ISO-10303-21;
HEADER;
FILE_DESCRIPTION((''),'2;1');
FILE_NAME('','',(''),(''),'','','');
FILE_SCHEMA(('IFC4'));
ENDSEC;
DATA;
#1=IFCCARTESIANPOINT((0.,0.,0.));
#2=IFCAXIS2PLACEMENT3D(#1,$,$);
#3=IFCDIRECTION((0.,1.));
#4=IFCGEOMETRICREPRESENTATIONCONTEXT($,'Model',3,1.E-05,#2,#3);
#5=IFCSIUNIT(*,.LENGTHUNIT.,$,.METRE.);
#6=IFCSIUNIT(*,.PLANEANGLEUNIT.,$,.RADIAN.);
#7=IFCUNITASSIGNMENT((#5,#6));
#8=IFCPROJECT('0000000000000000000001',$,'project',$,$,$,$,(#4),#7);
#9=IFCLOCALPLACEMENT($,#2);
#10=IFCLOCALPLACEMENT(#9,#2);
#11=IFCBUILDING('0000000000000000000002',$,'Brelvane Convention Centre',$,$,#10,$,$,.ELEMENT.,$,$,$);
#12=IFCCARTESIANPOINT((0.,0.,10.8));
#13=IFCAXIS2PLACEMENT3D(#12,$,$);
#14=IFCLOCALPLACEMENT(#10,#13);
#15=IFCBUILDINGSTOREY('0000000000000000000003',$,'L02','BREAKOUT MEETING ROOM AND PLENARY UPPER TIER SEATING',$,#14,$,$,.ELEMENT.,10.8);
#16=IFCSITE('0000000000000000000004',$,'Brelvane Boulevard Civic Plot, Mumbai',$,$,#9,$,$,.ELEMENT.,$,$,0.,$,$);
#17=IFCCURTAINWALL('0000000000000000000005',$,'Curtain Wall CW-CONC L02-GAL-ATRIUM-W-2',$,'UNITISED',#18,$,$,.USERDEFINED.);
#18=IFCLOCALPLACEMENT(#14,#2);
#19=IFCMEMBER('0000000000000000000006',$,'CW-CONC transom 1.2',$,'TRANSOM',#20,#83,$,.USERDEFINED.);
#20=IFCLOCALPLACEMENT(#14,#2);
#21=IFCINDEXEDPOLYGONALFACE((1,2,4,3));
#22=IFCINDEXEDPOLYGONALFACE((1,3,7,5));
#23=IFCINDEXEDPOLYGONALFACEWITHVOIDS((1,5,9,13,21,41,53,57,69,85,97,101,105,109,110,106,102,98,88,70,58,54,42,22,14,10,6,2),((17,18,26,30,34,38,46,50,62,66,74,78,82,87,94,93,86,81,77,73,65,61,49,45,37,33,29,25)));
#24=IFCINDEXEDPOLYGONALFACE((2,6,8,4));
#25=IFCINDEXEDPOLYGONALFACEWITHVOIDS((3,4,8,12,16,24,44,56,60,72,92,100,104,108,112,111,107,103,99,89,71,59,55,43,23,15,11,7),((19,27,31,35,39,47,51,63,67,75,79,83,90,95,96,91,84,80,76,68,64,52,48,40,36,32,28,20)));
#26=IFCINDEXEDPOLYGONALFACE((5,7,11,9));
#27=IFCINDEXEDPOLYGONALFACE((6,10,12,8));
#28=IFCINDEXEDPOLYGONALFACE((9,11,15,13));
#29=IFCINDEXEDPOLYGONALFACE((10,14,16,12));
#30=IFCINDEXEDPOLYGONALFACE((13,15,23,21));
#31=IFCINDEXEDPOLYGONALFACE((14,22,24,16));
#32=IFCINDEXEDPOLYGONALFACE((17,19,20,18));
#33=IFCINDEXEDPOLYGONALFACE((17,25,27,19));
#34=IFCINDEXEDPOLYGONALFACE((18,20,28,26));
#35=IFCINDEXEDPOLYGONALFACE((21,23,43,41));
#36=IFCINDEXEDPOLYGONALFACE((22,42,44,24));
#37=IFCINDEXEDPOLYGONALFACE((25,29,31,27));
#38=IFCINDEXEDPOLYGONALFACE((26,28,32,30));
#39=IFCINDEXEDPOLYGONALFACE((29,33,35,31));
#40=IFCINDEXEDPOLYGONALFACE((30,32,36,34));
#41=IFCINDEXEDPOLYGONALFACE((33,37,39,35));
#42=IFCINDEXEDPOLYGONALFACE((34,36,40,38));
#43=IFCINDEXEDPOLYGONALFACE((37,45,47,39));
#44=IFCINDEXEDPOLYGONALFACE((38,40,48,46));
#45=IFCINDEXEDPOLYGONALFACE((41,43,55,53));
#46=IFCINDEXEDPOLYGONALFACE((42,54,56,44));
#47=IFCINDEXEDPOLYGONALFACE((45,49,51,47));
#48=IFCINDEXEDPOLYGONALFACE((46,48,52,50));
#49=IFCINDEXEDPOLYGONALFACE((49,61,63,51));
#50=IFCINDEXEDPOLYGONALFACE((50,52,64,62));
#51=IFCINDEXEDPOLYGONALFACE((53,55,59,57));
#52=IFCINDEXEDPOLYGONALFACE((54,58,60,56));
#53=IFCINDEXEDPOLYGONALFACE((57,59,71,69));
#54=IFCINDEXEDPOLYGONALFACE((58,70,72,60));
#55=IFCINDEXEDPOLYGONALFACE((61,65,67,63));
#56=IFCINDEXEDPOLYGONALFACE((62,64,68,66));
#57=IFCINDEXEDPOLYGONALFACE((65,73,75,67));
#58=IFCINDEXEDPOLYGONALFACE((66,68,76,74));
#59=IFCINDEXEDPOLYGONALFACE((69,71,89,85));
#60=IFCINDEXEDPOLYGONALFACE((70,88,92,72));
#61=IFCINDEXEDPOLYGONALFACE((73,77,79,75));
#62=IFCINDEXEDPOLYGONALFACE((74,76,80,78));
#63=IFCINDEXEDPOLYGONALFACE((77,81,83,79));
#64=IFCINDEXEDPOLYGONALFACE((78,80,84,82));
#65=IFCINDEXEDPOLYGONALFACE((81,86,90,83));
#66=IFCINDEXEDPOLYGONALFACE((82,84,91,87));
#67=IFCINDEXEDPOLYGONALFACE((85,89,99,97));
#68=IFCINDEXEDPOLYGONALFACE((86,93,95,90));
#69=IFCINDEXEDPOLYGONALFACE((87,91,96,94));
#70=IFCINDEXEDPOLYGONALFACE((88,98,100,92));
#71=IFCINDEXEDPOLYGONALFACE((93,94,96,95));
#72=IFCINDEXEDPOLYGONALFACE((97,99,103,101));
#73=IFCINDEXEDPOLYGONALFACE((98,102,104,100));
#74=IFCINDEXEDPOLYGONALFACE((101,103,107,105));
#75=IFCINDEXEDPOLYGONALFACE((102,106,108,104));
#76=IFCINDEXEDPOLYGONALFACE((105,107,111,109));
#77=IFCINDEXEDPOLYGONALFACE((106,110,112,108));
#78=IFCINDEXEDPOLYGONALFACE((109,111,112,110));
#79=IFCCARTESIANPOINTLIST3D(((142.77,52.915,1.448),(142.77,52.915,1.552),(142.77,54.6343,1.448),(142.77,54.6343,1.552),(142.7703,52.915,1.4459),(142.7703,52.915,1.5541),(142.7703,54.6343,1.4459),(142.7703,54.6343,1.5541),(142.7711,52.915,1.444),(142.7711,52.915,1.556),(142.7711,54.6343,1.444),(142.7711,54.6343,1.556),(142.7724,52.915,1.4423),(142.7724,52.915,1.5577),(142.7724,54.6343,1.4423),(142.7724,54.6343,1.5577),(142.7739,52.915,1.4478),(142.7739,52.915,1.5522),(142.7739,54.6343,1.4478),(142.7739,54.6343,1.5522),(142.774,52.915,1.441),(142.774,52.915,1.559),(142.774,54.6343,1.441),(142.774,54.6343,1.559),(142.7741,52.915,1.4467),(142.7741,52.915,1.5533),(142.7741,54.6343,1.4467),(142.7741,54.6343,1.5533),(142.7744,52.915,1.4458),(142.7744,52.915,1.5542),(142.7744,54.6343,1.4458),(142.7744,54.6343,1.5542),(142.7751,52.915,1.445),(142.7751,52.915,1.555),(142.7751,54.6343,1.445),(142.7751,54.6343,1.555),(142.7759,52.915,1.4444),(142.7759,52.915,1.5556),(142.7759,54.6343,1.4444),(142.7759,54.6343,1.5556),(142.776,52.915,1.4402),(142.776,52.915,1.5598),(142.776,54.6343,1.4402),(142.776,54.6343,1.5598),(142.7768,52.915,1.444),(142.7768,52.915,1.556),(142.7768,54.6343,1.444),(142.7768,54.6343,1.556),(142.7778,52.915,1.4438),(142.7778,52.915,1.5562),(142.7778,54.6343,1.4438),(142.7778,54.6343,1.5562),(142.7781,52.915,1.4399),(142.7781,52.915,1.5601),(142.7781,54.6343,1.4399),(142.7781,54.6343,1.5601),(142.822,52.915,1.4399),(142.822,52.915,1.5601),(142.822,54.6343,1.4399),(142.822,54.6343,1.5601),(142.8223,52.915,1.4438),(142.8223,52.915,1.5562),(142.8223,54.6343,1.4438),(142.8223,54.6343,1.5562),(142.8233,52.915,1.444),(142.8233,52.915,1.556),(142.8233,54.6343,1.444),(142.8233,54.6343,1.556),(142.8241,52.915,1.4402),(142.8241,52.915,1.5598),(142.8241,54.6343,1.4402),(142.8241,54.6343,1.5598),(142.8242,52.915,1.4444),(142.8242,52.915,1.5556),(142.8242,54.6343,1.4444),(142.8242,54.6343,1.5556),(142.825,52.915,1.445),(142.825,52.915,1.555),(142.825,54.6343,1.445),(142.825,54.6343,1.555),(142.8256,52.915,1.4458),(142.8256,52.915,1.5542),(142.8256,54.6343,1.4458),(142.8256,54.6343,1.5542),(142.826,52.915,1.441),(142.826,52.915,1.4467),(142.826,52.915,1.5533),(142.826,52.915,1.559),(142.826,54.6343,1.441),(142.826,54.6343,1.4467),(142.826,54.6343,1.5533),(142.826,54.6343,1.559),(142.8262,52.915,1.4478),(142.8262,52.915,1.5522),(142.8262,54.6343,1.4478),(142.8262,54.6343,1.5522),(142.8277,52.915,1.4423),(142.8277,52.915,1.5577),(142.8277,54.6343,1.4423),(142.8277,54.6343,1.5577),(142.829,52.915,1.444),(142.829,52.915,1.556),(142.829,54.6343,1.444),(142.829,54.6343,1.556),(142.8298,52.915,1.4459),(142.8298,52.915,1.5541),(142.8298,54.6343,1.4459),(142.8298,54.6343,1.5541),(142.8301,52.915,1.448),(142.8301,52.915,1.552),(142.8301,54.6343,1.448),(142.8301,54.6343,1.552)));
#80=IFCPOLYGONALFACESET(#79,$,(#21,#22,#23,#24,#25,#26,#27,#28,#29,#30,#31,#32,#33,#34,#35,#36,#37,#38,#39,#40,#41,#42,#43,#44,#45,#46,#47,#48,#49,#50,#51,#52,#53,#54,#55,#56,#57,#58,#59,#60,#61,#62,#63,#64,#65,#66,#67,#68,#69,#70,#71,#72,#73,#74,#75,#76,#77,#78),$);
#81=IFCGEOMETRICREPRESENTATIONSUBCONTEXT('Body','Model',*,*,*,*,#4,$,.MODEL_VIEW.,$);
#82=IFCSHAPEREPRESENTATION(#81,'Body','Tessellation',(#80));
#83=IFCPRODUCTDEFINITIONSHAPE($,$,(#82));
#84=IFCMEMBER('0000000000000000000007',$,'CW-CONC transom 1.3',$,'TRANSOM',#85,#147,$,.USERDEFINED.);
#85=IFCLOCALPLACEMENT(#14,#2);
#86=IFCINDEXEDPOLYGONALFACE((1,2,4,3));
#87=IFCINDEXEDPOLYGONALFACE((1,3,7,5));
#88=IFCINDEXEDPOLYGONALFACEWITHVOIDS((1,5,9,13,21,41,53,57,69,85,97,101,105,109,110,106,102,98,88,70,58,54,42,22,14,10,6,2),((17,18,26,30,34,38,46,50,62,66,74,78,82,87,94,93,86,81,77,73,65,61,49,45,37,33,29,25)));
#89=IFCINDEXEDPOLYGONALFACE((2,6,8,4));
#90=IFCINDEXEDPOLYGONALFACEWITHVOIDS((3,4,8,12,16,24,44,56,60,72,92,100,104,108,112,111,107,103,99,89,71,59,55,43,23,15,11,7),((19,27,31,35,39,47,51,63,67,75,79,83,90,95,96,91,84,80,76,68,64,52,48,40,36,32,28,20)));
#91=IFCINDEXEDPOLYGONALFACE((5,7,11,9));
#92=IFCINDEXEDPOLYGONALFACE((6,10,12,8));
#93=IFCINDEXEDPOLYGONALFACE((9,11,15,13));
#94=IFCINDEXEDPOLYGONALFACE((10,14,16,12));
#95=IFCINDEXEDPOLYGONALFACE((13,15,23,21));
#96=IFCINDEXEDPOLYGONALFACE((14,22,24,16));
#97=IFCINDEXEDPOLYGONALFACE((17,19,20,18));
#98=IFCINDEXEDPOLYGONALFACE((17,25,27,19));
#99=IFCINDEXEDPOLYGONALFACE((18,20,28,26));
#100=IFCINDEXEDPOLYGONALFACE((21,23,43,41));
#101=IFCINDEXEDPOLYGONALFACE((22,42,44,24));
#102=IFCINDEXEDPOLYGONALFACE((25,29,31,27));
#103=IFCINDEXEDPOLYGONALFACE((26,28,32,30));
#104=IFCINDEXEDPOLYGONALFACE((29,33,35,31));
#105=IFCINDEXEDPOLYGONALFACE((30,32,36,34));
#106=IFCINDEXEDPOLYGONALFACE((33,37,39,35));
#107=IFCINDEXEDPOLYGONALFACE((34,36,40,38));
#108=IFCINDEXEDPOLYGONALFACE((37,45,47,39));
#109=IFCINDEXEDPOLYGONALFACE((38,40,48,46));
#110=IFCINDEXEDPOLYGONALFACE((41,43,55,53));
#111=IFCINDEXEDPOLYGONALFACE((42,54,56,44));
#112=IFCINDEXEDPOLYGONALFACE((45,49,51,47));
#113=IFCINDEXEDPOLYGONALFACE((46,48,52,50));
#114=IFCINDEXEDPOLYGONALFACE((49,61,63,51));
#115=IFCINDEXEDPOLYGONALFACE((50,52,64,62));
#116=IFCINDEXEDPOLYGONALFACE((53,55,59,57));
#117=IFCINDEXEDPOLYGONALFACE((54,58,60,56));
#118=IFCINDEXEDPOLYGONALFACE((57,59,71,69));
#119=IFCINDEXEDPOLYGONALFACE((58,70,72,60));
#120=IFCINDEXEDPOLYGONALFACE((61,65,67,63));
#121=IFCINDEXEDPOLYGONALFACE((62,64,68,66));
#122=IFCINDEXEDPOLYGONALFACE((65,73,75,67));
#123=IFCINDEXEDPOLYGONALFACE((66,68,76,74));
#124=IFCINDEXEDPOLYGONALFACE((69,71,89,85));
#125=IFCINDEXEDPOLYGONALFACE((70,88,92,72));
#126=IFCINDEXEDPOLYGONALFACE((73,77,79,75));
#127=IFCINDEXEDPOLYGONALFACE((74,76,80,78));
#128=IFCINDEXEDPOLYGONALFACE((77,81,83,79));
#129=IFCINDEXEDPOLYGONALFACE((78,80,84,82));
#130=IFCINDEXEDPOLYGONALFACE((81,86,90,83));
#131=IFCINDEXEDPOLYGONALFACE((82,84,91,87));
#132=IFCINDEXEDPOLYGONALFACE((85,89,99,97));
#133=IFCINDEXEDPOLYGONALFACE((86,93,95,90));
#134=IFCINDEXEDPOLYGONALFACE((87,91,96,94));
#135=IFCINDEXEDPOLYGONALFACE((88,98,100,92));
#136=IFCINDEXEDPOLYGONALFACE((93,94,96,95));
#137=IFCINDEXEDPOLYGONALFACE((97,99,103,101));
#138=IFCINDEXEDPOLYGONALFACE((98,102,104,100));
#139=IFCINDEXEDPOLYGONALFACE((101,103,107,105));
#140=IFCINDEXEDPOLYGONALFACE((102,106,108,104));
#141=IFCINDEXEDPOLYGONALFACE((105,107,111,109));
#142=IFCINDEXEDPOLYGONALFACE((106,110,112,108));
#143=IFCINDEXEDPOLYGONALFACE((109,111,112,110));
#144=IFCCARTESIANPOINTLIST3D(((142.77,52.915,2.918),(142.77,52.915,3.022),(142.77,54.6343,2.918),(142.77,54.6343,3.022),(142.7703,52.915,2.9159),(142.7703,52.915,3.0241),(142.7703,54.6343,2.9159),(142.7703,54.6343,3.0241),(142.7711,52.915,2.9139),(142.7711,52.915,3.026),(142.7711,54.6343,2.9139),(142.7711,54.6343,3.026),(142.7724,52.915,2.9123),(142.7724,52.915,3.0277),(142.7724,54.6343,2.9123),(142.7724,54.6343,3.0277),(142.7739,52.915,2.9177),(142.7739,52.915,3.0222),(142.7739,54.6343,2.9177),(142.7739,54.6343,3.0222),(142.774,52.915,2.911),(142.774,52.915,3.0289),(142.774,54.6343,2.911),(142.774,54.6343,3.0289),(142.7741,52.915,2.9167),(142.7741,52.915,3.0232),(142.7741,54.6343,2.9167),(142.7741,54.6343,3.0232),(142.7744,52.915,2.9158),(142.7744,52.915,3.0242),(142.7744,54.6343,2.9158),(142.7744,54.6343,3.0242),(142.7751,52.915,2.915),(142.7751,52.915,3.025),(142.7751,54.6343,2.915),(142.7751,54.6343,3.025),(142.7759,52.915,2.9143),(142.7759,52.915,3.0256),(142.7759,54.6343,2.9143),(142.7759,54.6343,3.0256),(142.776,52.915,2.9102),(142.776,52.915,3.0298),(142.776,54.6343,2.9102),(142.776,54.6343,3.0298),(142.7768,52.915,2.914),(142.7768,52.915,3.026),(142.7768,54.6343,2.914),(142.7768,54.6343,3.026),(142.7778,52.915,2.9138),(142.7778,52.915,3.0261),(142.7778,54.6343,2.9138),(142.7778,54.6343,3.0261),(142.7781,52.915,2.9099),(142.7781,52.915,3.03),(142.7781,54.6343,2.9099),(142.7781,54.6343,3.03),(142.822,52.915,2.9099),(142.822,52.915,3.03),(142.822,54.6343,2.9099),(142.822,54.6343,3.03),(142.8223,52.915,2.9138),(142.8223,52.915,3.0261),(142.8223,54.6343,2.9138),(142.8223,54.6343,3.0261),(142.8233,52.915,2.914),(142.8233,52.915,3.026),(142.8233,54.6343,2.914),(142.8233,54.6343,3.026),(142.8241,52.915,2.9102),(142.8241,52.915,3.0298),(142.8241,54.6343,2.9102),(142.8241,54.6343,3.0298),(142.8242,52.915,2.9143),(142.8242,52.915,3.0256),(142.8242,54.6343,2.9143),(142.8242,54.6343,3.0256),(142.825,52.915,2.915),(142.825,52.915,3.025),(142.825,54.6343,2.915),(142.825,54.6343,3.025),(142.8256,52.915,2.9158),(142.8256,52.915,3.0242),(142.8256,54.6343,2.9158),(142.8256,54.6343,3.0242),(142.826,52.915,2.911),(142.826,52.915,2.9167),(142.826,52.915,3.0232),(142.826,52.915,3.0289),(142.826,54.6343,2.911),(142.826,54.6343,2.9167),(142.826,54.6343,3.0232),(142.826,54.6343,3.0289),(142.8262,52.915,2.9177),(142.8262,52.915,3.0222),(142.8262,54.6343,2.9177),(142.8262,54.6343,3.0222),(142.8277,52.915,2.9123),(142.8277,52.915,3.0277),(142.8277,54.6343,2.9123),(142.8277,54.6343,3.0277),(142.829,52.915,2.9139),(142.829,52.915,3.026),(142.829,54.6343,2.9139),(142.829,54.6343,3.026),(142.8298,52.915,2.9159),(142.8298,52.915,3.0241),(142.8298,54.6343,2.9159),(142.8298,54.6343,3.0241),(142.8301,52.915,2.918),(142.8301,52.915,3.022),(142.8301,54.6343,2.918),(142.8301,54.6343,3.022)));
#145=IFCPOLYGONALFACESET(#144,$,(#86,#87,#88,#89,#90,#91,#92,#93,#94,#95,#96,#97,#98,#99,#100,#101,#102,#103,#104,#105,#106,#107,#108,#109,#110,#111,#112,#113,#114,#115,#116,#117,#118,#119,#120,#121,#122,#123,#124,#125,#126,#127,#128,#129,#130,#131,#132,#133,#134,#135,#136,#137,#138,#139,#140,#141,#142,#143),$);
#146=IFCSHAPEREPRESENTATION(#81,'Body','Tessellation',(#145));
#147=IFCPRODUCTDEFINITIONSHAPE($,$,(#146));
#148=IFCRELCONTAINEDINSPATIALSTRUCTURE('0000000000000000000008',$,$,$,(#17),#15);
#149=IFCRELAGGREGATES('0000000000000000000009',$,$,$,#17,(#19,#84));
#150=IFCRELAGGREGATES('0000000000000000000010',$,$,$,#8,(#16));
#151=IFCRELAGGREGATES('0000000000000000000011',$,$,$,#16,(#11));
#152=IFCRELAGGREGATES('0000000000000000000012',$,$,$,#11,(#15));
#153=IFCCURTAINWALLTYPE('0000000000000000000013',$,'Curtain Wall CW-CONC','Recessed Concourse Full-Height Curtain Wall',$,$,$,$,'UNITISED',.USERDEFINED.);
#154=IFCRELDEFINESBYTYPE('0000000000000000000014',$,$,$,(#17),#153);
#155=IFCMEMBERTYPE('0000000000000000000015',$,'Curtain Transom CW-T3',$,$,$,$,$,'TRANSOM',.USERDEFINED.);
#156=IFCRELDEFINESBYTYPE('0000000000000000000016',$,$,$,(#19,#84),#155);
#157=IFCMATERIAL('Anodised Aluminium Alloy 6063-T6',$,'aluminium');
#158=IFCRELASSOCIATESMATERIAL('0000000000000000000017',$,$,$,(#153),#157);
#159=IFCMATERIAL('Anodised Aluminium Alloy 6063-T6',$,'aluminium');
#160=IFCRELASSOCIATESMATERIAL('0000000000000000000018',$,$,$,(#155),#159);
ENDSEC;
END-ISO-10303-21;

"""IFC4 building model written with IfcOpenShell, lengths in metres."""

from ifc_helpers import new_model, si_unit, direction, frame, origin, origin_2d, place, context, subcontext, project, spatial, hollow_rectangle, extrude, material, material_profile, profile_set, type_object, element, aggregate, save


model = new_model("IFC4")

# Units and contexts
model_context = context("Model", 3, precision=1e-05, world=origin(), true_north=direction((0.0, 1.0)))
body_context = subcontext(model_context, "Body", "Model", "MODEL_VIEW")
ifc_project = project(units=[si_unit("LENGTHUNIT", "METRE"), si_unit("PLANEANGLEUNIT", "RADIAN")], contexts=[model_context])

# Site, building, storey
site_placement = place(None, origin())
site = spatial("IfcSite", under=ifc_project, at=site_placement, Name="Brelvane Boulevard Civic Plot, Mumbai", CompositionType="ELEMENT", RefElevation=0.0)
building_placement = place(site_placement, origin())
building = spatial("IfcBuilding", under=site, at=building_placement, Name="Brelvane Convention Centre", CompositionType="ELEMENT")
storey_placement = place(building_placement, frame((0.0, 0.0, 10.8)))
storey = spatial("IfcBuildingStorey", under=building, at=storey_placement, Name="L02", Description="BREAKOUT MEETING ROOM AND PLENARY UPPER TIER SEATING", CompositionType="ELEMENT", Elevation=10.8)

# Curtain wall
ifc_material_1 = material(Name="Anodised Aluminium Alloy 6063-T6", Category="aluminium")
curtain_wall_type = type_object("IfcCurtainWallType", Name="Curtain Wall CW-CONC", Description="Recessed Concourse Full-Height Curtain Wall", ElementType="UNITISED", PredefinedType="USERDEFINED", material=ifc_material_1)
curtain_wall_1_placement = place(storey_placement, origin())
curtain_wall_1 = element("IfcCurtainWall", 1, at=curtain_wall_1_placement, inside=storey, type_object=curtain_wall_type, Name="Curtain Wall CW-CONC L02-GAL-ATRIUM-W-2", ObjectType="UNITISED", PredefinedType="USERDEFINED")

# Members
ifc_material_2 = material(Name="Anodised Aluminium Alloy 6063-T6", Category="aluminium")
ifc_material_profile_1 = material_profile(ifc_material_2, hollow_rectangle(XDim=0.0601, YDim=0.1201, WallThickness=0.0039, InnerFilletRadius=0.0039, OuterFilletRadius=0.0081, at=origin_2d()), Name="ALU-T 120x60x4.0")
ifc_profile_set_1 = profile_set([ifc_material_profile_1], Name="Anodised Aluminium Alloy 6063-T6")
member_type_1 = type_object("IfcMemberType", Name="Curtain Transom CW-T3", ElementType="TRANSOM", PredefinedType="USERDEFINED", material=ifc_profile_set_1)
member_1_placement = place(storey_placement, frame((142.8, 52.915, 1.5), z_axis=(0.0, 1.0, 0.0), x_axis=(-1.0, 0.0, 0.0)))
member_1 = element("IfcMember", 2, at=member_1_placement, type_object=member_type_1, Name="CW-CONC transom 1.2", ObjectType="TRANSOM", PredefinedType="USERDEFINED", context=body_context, shape_type="SweptSolid", body=[
    extrude(hollow_rectangle(XDim=0.0601, YDim=0.1201, WallThickness=0.0039, InnerFilletRadius=0.0039, OuterFilletRadius=0.0081, at=origin_2d()), origin(), (0.0, 0.0, 1.0), 1.7192),
])
member_2_placement = place(storey_placement, frame((142.8, 52.915, 2.97), z_axis=(0.0, 1.0, 0.0), x_axis=(-1.0, 0.0, 0.0)))
member_2 = element("IfcMember", 3, at=member_2_placement, type_object=member_type_1, Name="CW-CONC transom 1.3", ObjectType="TRANSOM", PredefinedType="USERDEFINED", context=body_context, shape_type="SweptSolid", body=[
    extrude(hollow_rectangle(XDim=0.0601, YDim=0.1201, WallThickness=0.0039, InnerFilletRadius=0.0039, OuterFilletRadius=0.0081, at=origin_2d()), origin(), (0.0, 0.0, 1.0), 1.7192),
])

aggregate(curtain_wall_1, [member_1, member_2])

save(model, "model.ifc")
